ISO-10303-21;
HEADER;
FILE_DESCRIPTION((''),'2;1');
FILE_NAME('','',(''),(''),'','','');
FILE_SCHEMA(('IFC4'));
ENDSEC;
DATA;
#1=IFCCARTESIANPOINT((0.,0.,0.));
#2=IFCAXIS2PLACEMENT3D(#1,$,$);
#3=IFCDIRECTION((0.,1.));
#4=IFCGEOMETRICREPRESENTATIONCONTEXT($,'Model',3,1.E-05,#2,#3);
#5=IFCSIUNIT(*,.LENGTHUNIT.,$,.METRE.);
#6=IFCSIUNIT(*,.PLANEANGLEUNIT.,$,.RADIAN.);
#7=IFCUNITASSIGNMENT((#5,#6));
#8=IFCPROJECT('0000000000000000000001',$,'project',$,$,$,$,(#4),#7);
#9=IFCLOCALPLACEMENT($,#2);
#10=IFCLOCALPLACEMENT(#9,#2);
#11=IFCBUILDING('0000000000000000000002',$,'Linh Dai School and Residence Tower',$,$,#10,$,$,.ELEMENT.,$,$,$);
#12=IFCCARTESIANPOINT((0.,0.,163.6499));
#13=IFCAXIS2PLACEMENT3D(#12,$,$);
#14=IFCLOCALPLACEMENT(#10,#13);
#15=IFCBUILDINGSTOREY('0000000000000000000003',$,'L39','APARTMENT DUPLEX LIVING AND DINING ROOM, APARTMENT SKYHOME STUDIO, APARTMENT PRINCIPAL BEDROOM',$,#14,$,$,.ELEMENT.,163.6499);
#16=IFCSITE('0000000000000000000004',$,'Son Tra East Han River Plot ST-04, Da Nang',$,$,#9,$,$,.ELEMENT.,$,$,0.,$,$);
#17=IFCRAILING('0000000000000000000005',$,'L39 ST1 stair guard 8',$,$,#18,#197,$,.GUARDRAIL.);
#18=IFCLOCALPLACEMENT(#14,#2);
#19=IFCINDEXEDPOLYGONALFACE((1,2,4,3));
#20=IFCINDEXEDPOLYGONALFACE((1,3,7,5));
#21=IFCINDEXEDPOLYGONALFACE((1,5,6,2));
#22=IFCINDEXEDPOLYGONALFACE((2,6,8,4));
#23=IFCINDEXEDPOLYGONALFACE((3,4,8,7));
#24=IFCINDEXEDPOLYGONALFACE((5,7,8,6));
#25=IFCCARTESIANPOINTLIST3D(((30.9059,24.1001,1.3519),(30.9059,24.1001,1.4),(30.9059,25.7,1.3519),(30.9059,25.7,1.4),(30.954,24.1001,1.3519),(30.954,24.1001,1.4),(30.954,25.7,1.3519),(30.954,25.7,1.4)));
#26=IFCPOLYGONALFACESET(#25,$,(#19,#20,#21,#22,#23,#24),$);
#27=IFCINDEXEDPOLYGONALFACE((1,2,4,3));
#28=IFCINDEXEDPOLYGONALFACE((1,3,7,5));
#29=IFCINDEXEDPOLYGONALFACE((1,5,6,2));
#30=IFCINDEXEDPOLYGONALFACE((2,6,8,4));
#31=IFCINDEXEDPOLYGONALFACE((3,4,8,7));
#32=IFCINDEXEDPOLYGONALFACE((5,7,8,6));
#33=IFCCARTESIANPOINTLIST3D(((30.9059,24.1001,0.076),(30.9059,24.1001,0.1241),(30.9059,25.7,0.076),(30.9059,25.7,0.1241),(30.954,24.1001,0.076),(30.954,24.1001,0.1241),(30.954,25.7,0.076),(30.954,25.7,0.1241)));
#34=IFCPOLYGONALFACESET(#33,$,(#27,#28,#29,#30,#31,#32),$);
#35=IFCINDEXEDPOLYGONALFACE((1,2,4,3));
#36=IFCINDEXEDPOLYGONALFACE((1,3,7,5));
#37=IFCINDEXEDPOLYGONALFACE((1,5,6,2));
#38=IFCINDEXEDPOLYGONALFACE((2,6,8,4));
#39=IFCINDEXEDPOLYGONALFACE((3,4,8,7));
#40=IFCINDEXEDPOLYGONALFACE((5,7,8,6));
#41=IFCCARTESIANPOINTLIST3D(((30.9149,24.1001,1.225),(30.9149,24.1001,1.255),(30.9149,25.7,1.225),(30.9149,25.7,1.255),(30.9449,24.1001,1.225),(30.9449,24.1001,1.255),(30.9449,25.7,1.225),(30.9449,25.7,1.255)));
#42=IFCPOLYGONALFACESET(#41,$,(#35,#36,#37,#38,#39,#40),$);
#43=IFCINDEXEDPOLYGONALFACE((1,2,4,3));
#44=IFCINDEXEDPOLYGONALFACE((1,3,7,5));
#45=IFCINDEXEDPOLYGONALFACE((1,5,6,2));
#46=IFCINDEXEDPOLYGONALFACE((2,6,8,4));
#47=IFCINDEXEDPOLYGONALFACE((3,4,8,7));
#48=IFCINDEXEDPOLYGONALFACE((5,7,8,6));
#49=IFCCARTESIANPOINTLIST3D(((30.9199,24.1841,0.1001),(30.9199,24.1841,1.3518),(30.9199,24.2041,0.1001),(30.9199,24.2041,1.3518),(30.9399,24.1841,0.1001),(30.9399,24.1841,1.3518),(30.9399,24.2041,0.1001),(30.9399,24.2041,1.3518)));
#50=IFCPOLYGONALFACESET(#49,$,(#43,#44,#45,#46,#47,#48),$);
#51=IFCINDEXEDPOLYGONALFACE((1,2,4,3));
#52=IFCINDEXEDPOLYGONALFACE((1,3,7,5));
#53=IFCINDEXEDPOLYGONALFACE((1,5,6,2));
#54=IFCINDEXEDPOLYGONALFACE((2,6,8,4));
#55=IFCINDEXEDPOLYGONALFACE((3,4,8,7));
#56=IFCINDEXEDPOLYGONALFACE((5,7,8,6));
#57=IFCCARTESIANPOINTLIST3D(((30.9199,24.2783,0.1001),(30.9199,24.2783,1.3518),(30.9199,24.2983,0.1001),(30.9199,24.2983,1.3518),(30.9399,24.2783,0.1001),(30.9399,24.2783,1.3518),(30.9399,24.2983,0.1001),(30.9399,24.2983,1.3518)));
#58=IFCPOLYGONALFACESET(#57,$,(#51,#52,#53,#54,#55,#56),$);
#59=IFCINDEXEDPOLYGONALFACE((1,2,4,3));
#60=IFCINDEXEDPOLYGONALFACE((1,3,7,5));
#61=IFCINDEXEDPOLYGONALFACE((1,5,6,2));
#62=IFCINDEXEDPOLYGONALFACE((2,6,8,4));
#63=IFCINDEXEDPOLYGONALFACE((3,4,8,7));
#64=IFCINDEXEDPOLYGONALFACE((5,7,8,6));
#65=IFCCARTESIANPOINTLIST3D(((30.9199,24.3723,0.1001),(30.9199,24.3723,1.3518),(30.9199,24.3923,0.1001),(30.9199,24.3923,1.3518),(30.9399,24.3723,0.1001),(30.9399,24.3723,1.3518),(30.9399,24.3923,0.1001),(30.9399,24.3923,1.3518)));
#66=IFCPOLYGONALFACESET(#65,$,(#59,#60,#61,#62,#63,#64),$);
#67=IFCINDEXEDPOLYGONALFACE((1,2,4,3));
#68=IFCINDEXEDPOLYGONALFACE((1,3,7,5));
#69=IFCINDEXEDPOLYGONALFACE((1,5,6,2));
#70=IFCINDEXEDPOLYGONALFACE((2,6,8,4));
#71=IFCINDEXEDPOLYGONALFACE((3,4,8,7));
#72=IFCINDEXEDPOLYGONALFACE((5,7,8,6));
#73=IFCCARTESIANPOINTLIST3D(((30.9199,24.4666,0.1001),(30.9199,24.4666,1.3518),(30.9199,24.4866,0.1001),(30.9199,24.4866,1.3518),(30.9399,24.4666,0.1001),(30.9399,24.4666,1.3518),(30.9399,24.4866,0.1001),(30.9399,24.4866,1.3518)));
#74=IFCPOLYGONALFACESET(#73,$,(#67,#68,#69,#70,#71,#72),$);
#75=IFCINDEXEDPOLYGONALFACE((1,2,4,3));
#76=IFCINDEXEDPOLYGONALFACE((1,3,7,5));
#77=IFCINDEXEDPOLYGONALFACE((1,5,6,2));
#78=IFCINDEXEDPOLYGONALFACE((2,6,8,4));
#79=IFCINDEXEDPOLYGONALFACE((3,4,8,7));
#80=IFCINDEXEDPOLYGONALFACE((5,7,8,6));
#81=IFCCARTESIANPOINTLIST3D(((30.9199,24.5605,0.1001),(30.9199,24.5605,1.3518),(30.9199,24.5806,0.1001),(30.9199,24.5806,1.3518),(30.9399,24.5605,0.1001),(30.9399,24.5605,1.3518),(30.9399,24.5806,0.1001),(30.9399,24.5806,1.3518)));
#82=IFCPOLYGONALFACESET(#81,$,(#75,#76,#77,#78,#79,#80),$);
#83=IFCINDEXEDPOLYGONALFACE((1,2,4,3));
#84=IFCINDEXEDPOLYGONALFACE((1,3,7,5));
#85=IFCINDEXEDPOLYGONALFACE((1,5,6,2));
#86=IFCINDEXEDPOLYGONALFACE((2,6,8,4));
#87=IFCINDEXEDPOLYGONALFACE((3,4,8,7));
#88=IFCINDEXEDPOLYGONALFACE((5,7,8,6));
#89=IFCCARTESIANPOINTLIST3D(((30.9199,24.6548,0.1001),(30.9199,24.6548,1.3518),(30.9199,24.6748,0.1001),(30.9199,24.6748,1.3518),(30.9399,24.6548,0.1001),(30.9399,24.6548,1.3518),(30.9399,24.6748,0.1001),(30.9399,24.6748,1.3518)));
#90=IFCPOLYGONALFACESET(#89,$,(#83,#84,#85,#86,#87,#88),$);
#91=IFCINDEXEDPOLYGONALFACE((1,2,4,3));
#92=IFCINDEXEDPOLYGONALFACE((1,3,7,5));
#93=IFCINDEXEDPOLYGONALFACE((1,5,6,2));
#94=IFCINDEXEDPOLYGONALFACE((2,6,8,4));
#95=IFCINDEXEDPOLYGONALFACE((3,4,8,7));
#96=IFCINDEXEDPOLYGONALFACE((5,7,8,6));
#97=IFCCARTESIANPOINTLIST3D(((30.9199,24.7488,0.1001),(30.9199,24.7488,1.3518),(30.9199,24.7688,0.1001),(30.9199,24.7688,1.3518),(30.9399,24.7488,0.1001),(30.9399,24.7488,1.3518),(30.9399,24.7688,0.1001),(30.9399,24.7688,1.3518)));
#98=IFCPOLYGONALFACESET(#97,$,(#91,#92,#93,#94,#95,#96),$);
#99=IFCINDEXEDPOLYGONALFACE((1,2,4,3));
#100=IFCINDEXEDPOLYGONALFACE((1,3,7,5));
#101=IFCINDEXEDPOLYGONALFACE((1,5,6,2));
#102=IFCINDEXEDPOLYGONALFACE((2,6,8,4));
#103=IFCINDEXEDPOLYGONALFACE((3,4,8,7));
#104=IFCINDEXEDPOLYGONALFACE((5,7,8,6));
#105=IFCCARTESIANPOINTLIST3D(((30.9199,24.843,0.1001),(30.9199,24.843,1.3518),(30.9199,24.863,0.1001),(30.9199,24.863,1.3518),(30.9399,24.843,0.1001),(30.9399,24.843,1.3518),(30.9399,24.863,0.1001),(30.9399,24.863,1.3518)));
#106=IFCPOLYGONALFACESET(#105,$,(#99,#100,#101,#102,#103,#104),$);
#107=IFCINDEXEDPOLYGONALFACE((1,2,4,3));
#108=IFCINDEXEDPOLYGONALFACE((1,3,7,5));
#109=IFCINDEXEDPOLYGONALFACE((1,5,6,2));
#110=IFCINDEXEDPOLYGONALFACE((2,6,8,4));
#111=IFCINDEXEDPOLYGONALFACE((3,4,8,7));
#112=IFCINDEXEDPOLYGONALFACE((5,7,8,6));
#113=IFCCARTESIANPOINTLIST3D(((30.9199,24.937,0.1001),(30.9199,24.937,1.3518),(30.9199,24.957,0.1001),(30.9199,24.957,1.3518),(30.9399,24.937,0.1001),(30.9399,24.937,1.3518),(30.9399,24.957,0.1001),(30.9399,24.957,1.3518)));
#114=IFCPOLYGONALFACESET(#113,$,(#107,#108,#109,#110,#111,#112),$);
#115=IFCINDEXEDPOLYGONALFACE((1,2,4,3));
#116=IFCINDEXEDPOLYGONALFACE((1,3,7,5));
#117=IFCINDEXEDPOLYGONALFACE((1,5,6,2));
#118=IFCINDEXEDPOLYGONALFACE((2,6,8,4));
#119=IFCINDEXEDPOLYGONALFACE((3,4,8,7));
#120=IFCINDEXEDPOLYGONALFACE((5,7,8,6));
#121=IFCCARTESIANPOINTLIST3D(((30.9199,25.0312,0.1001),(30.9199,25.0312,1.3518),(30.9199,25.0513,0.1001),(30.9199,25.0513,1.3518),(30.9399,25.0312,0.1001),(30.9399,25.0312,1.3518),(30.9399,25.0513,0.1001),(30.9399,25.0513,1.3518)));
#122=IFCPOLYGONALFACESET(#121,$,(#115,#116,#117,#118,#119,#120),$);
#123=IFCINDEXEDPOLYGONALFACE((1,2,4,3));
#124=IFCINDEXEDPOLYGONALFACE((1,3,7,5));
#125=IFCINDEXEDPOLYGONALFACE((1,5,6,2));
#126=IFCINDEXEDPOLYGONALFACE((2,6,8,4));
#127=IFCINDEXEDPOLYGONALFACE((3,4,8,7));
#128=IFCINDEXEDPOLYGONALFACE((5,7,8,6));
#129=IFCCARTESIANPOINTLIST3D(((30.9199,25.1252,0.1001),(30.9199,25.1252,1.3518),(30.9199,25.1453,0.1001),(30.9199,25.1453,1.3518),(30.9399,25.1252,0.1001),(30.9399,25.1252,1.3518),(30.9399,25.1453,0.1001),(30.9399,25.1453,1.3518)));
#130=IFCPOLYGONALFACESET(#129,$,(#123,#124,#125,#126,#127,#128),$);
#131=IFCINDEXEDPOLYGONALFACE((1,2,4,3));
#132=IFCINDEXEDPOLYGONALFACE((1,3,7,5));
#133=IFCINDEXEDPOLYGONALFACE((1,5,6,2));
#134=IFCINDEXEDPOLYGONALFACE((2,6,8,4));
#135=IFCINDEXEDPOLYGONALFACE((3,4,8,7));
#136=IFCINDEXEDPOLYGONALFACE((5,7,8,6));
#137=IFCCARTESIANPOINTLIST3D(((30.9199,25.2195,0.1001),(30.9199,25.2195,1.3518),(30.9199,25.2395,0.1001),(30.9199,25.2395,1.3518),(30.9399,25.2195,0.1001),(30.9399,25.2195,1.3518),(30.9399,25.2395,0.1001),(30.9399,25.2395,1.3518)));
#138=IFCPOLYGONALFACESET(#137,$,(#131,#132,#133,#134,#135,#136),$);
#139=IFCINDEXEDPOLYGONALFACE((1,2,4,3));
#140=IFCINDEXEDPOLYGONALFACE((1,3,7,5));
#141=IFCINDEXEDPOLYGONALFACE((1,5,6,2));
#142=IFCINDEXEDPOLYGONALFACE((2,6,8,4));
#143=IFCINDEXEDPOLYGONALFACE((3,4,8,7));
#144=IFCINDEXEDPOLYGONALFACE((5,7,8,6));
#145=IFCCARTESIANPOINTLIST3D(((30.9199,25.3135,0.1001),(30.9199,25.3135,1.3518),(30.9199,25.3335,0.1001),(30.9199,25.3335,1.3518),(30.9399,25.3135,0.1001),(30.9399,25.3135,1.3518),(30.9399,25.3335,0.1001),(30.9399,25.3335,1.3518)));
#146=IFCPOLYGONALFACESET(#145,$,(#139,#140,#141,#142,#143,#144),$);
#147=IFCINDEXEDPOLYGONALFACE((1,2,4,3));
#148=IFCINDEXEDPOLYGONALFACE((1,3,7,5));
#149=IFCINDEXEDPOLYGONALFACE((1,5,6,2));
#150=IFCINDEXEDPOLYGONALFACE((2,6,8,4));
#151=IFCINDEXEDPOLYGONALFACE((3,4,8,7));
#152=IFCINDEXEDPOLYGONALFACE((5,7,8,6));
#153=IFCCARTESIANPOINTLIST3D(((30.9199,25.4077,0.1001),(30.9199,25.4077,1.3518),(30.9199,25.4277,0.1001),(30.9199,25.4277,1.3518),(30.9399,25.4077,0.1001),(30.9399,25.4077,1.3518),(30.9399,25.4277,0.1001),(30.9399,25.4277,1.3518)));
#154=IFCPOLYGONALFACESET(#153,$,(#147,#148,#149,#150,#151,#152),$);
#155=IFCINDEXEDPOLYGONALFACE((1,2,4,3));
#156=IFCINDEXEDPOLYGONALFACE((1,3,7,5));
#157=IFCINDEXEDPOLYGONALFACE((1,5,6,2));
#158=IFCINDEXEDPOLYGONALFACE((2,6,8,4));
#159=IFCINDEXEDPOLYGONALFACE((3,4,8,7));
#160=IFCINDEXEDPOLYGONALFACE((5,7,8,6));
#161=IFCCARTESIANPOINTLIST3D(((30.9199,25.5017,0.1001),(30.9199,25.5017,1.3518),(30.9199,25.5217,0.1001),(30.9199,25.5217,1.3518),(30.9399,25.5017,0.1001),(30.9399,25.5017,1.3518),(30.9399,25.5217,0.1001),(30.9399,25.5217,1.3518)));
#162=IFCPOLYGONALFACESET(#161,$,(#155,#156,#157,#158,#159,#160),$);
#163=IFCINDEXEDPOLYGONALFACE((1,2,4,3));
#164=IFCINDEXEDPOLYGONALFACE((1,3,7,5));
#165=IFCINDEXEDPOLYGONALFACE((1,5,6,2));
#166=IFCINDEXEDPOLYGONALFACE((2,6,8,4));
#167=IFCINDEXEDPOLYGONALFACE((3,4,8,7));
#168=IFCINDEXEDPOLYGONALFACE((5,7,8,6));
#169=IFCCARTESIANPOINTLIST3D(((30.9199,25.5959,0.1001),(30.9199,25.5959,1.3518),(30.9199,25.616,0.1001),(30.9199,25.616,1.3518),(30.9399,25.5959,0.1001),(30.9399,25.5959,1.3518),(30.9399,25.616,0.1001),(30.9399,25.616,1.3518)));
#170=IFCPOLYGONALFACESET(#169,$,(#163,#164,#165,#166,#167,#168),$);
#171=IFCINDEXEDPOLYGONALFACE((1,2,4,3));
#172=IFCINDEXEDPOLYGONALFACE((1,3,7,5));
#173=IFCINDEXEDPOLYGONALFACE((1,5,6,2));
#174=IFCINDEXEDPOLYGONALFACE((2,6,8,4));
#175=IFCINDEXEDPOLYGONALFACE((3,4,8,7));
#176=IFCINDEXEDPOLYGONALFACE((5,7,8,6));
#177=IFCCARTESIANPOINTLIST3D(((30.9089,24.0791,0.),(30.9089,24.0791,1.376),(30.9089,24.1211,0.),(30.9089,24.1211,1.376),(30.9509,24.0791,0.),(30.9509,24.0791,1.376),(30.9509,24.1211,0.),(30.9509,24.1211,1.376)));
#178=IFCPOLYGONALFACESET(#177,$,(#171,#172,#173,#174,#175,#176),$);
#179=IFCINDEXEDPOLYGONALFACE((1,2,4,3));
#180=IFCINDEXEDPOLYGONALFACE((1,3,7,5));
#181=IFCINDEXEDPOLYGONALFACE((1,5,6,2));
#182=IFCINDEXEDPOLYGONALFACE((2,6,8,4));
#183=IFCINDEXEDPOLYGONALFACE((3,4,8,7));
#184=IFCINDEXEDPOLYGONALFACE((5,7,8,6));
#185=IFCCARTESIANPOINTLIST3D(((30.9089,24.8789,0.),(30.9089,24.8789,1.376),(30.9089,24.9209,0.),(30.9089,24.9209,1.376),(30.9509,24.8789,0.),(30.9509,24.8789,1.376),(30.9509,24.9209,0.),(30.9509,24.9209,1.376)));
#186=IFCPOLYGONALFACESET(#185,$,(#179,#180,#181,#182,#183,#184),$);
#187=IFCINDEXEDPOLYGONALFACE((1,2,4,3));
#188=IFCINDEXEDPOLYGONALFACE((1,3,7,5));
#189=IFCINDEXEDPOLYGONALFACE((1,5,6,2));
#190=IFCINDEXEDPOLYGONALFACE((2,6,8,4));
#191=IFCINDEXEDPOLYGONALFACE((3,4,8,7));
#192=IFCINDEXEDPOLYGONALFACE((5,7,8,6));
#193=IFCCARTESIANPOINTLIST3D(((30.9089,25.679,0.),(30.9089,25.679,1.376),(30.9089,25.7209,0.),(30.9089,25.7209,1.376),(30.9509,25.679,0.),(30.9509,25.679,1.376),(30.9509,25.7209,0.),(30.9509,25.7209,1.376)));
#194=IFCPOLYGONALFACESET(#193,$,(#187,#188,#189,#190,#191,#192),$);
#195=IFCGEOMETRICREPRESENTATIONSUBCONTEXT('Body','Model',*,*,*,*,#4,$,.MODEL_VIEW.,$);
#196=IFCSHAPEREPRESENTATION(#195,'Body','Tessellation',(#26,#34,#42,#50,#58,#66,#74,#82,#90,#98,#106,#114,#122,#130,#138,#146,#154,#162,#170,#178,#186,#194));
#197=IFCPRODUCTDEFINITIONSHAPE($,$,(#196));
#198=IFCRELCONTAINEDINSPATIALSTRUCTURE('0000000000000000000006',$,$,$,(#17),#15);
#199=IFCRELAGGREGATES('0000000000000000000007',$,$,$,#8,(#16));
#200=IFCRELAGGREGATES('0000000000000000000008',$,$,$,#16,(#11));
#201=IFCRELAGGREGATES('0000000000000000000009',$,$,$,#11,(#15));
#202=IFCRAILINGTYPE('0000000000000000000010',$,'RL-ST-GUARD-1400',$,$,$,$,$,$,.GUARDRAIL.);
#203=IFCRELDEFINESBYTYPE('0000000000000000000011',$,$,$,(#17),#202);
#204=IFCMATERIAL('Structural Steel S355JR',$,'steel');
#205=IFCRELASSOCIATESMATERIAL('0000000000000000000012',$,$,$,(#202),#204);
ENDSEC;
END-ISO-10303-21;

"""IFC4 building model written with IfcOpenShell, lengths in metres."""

from ifc_helpers import new_model, si_unit, direction, frame, origin, origin_2d, place, context, subcontext, project, spatial, rectangle, extrude, source, transform, mapped, material, type_object, element, save


model = new_model("IFC4")

# Units and contexts
model_context = context("Model", 3, precision=1e-05, world=origin(), true_north=direction((0.0, 1.0)))
body_context = subcontext(model_context, "Body", "Model", "MODEL_VIEW")
ifc_project = project(units=[si_unit("LENGTHUNIT", "METRE"), si_unit("PLANEANGLEUNIT", "RADIAN")], contexts=[model_context])

# Site, building, storey
site_placement = place(None, origin())
site = spatial("IfcSite", under=ifc_project, at=site_placement, Name="Son Tra East Han River Plot ST-04, Da Nang", CompositionType="ELEMENT", RefElevation=0.0)
building_placement = place(site_placement, origin())
building = spatial("IfcBuilding", under=site, at=building_placement, Name="Linh Dai School and Residence Tower", CompositionType="ELEMENT")
storey_placement = place(building_placement, frame((0.0, 0.0, 163.6499)))
storey = spatial("IfcBuildingStorey", under=building, at=storey_placement, Name="L39", Description="APARTMENT DUPLEX LIVING AND DINING ROOM, APARTMENT SKYHOME STUDIO, APARTMENT PRINCIPAL BEDROOM", CompositionType="ELEMENT", Elevation=163.6499)

# Shared definitions
ifc_material_1 = material(Name="Structural Steel S355JR", Category="steel")

# Railing
railing_type = type_object("IfcRailingType", Name="RL-ST-GUARD-1400", PredefinedType="GUARDRAIL", material=ifc_material_1)
shared_shape_1 = source(origin(), body_context, "Body", "SweptSolid", [
    extrude(rectangle(XDim=0.0481, YDim=0.0481, at=origin_2d()), frame((0.0, 0.0, 1.376), z_axis=(0.0, 1.0, 0.0), x_axis=(-1.0, 0.0, 0.0)), (0.0, 0.0, 1.0), 1.5999),
    extrude(rectangle(XDim=0.0481, YDim=0.0481, at=origin_2d()), frame((0.0, 0.0, 0.1001), z_axis=(0.0, 1.0, 0.0), x_axis=(-1.0, 0.0, 0.0)), (0.0, 0.0, 1.0), 1.5999),
    extrude(rectangle(XDim=0.03, YDim=0.03, at=origin_2d()), frame((0.0, 0.0, 1.24), z_axis=(0.0, 1.0, 0.0), x_axis=(-1.0, 0.0, 0.0)), (0.0, 0.0, 1.0), 1.5999),
    extrude(rectangle(XDim=0.02, YDim=0.02, at=origin_2d()), frame((0.0, 0.094, 0.1001)), (0.0, 0.0, 1.0), 1.2517),
    extrude(rectangle(XDim=0.02, YDim=0.02, at=origin_2d()), frame((0.0, 0.1882, 0.1001)), (0.0, 0.0, 1.0), 1.2517),
    extrude(rectangle(XDim=0.02, YDim=0.02, at=origin_2d()), frame((0.0, 0.2822, 0.1001)), (0.0, 0.0, 1.0), 1.2517),
    extrude(rectangle(XDim=0.02, YDim=0.02, at=origin_2d()), frame((0.0, 0.3765, 0.1001)), (0.0, 0.0, 1.0), 1.2517),
    extrude(rectangle(XDim=0.02, YDim=0.02, at=origin_2d()), frame((0.0, 0.4705, 0.1001)), (0.0, 0.0, 1.0), 1.2517),
    extrude(rectangle(XDim=0.02, YDim=0.02, at=origin_2d()), frame((0.0, 0.5647, 0.1001)), (0.0, 0.0, 1.0), 1.2517),
    extrude(rectangle(XDim=0.02, YDim=0.02, at=origin_2d()), frame((0.0, 0.6587, 0.1001)), (0.0, 0.0, 1.0), 1.2517),
    extrude(rectangle(XDim=0.02, YDim=0.02, at=origin_2d()), frame((0.0, 0.7529, 0.1001)), (0.0, 0.0, 1.0), 1.2517),
    extrude(rectangle(XDim=0.02, YDim=0.02, at=origin_2d()), frame((0.0, 0.8469, 0.1001)), (0.0, 0.0, 1.0), 1.2517),
    extrude(rectangle(XDim=0.02, YDim=0.02, at=origin_2d()), frame((0.0, 0.9412, 0.1001)), (0.0, 0.0, 1.0), 1.2517),
    extrude(rectangle(XDim=0.02, YDim=0.02, at=origin_2d()), frame((0.0, 1.0352, 0.1001)), (0.0, 0.0, 1.0), 1.2517),
    extrude(rectangle(XDim=0.02, YDim=0.02, at=origin_2d()), frame((0.0, 1.1294, 0.1001)), (0.0, 0.0, 1.0), 1.2517),
    extrude(rectangle(XDim=0.02, YDim=0.02, at=origin_2d()), frame((0.0, 1.2234, 0.1001)), (0.0, 0.0, 1.0), 1.2517),
    extrude(rectangle(XDim=0.02, YDim=0.02, at=origin_2d()), frame((0.0, 1.3176, 0.1001)), (0.0, 0.0, 1.0), 1.2517),
    extrude(rectangle(XDim=0.02, YDim=0.02, at=origin_2d()), frame((0.0, 1.4116, 0.1001)), (0.0, 0.0, 1.0), 1.2517),
    extrude(rectangle(XDim=0.02, YDim=0.02, at=origin_2d()), frame((0.0, 1.5059, 0.1001)), (0.0, 0.0, 1.0), 1.2517),
    extrude(rectangle(XDim=0.042, YDim=0.042, at=origin_2d()), origin(), (0.0, 0.0, 1.0), 1.376),
    extrude(rectangle(XDim=0.042, YDim=0.042, at=origin_2d()), frame((0.0, 0.7998, 0.0)), (0.0, 0.0, 1.0), 1.376),
    extrude(rectangle(XDim=0.042, YDim=0.042, at=origin_2d()), frame((0.0, 1.5999, 0.0)), (0.0, 0.0, 1.0), 1.376),
])
for number, where, name in (
    (1, (30.9299, 24.1001, 0.0), "L39 ST1 stair guard 8"),
):
    element("IfcRailing", number, at=place(storey_placement, frame(where)), inside=storey, type_object=railing_type, Name=name, PredefinedType="GUARDRAIL", context=body_context, shape_type="MappedRepresentation", body=[
        mapped(shared_shape_1, transform((0.0, 0.0, 0.0), x_axis=(1.0, 0.0, 0.0), y_axis=(0.0, 1.0, 0.0), z_axis=(0.0, 0.0, 1.0), scale=1.0)),
    ])

save(model, "model.ifc")
